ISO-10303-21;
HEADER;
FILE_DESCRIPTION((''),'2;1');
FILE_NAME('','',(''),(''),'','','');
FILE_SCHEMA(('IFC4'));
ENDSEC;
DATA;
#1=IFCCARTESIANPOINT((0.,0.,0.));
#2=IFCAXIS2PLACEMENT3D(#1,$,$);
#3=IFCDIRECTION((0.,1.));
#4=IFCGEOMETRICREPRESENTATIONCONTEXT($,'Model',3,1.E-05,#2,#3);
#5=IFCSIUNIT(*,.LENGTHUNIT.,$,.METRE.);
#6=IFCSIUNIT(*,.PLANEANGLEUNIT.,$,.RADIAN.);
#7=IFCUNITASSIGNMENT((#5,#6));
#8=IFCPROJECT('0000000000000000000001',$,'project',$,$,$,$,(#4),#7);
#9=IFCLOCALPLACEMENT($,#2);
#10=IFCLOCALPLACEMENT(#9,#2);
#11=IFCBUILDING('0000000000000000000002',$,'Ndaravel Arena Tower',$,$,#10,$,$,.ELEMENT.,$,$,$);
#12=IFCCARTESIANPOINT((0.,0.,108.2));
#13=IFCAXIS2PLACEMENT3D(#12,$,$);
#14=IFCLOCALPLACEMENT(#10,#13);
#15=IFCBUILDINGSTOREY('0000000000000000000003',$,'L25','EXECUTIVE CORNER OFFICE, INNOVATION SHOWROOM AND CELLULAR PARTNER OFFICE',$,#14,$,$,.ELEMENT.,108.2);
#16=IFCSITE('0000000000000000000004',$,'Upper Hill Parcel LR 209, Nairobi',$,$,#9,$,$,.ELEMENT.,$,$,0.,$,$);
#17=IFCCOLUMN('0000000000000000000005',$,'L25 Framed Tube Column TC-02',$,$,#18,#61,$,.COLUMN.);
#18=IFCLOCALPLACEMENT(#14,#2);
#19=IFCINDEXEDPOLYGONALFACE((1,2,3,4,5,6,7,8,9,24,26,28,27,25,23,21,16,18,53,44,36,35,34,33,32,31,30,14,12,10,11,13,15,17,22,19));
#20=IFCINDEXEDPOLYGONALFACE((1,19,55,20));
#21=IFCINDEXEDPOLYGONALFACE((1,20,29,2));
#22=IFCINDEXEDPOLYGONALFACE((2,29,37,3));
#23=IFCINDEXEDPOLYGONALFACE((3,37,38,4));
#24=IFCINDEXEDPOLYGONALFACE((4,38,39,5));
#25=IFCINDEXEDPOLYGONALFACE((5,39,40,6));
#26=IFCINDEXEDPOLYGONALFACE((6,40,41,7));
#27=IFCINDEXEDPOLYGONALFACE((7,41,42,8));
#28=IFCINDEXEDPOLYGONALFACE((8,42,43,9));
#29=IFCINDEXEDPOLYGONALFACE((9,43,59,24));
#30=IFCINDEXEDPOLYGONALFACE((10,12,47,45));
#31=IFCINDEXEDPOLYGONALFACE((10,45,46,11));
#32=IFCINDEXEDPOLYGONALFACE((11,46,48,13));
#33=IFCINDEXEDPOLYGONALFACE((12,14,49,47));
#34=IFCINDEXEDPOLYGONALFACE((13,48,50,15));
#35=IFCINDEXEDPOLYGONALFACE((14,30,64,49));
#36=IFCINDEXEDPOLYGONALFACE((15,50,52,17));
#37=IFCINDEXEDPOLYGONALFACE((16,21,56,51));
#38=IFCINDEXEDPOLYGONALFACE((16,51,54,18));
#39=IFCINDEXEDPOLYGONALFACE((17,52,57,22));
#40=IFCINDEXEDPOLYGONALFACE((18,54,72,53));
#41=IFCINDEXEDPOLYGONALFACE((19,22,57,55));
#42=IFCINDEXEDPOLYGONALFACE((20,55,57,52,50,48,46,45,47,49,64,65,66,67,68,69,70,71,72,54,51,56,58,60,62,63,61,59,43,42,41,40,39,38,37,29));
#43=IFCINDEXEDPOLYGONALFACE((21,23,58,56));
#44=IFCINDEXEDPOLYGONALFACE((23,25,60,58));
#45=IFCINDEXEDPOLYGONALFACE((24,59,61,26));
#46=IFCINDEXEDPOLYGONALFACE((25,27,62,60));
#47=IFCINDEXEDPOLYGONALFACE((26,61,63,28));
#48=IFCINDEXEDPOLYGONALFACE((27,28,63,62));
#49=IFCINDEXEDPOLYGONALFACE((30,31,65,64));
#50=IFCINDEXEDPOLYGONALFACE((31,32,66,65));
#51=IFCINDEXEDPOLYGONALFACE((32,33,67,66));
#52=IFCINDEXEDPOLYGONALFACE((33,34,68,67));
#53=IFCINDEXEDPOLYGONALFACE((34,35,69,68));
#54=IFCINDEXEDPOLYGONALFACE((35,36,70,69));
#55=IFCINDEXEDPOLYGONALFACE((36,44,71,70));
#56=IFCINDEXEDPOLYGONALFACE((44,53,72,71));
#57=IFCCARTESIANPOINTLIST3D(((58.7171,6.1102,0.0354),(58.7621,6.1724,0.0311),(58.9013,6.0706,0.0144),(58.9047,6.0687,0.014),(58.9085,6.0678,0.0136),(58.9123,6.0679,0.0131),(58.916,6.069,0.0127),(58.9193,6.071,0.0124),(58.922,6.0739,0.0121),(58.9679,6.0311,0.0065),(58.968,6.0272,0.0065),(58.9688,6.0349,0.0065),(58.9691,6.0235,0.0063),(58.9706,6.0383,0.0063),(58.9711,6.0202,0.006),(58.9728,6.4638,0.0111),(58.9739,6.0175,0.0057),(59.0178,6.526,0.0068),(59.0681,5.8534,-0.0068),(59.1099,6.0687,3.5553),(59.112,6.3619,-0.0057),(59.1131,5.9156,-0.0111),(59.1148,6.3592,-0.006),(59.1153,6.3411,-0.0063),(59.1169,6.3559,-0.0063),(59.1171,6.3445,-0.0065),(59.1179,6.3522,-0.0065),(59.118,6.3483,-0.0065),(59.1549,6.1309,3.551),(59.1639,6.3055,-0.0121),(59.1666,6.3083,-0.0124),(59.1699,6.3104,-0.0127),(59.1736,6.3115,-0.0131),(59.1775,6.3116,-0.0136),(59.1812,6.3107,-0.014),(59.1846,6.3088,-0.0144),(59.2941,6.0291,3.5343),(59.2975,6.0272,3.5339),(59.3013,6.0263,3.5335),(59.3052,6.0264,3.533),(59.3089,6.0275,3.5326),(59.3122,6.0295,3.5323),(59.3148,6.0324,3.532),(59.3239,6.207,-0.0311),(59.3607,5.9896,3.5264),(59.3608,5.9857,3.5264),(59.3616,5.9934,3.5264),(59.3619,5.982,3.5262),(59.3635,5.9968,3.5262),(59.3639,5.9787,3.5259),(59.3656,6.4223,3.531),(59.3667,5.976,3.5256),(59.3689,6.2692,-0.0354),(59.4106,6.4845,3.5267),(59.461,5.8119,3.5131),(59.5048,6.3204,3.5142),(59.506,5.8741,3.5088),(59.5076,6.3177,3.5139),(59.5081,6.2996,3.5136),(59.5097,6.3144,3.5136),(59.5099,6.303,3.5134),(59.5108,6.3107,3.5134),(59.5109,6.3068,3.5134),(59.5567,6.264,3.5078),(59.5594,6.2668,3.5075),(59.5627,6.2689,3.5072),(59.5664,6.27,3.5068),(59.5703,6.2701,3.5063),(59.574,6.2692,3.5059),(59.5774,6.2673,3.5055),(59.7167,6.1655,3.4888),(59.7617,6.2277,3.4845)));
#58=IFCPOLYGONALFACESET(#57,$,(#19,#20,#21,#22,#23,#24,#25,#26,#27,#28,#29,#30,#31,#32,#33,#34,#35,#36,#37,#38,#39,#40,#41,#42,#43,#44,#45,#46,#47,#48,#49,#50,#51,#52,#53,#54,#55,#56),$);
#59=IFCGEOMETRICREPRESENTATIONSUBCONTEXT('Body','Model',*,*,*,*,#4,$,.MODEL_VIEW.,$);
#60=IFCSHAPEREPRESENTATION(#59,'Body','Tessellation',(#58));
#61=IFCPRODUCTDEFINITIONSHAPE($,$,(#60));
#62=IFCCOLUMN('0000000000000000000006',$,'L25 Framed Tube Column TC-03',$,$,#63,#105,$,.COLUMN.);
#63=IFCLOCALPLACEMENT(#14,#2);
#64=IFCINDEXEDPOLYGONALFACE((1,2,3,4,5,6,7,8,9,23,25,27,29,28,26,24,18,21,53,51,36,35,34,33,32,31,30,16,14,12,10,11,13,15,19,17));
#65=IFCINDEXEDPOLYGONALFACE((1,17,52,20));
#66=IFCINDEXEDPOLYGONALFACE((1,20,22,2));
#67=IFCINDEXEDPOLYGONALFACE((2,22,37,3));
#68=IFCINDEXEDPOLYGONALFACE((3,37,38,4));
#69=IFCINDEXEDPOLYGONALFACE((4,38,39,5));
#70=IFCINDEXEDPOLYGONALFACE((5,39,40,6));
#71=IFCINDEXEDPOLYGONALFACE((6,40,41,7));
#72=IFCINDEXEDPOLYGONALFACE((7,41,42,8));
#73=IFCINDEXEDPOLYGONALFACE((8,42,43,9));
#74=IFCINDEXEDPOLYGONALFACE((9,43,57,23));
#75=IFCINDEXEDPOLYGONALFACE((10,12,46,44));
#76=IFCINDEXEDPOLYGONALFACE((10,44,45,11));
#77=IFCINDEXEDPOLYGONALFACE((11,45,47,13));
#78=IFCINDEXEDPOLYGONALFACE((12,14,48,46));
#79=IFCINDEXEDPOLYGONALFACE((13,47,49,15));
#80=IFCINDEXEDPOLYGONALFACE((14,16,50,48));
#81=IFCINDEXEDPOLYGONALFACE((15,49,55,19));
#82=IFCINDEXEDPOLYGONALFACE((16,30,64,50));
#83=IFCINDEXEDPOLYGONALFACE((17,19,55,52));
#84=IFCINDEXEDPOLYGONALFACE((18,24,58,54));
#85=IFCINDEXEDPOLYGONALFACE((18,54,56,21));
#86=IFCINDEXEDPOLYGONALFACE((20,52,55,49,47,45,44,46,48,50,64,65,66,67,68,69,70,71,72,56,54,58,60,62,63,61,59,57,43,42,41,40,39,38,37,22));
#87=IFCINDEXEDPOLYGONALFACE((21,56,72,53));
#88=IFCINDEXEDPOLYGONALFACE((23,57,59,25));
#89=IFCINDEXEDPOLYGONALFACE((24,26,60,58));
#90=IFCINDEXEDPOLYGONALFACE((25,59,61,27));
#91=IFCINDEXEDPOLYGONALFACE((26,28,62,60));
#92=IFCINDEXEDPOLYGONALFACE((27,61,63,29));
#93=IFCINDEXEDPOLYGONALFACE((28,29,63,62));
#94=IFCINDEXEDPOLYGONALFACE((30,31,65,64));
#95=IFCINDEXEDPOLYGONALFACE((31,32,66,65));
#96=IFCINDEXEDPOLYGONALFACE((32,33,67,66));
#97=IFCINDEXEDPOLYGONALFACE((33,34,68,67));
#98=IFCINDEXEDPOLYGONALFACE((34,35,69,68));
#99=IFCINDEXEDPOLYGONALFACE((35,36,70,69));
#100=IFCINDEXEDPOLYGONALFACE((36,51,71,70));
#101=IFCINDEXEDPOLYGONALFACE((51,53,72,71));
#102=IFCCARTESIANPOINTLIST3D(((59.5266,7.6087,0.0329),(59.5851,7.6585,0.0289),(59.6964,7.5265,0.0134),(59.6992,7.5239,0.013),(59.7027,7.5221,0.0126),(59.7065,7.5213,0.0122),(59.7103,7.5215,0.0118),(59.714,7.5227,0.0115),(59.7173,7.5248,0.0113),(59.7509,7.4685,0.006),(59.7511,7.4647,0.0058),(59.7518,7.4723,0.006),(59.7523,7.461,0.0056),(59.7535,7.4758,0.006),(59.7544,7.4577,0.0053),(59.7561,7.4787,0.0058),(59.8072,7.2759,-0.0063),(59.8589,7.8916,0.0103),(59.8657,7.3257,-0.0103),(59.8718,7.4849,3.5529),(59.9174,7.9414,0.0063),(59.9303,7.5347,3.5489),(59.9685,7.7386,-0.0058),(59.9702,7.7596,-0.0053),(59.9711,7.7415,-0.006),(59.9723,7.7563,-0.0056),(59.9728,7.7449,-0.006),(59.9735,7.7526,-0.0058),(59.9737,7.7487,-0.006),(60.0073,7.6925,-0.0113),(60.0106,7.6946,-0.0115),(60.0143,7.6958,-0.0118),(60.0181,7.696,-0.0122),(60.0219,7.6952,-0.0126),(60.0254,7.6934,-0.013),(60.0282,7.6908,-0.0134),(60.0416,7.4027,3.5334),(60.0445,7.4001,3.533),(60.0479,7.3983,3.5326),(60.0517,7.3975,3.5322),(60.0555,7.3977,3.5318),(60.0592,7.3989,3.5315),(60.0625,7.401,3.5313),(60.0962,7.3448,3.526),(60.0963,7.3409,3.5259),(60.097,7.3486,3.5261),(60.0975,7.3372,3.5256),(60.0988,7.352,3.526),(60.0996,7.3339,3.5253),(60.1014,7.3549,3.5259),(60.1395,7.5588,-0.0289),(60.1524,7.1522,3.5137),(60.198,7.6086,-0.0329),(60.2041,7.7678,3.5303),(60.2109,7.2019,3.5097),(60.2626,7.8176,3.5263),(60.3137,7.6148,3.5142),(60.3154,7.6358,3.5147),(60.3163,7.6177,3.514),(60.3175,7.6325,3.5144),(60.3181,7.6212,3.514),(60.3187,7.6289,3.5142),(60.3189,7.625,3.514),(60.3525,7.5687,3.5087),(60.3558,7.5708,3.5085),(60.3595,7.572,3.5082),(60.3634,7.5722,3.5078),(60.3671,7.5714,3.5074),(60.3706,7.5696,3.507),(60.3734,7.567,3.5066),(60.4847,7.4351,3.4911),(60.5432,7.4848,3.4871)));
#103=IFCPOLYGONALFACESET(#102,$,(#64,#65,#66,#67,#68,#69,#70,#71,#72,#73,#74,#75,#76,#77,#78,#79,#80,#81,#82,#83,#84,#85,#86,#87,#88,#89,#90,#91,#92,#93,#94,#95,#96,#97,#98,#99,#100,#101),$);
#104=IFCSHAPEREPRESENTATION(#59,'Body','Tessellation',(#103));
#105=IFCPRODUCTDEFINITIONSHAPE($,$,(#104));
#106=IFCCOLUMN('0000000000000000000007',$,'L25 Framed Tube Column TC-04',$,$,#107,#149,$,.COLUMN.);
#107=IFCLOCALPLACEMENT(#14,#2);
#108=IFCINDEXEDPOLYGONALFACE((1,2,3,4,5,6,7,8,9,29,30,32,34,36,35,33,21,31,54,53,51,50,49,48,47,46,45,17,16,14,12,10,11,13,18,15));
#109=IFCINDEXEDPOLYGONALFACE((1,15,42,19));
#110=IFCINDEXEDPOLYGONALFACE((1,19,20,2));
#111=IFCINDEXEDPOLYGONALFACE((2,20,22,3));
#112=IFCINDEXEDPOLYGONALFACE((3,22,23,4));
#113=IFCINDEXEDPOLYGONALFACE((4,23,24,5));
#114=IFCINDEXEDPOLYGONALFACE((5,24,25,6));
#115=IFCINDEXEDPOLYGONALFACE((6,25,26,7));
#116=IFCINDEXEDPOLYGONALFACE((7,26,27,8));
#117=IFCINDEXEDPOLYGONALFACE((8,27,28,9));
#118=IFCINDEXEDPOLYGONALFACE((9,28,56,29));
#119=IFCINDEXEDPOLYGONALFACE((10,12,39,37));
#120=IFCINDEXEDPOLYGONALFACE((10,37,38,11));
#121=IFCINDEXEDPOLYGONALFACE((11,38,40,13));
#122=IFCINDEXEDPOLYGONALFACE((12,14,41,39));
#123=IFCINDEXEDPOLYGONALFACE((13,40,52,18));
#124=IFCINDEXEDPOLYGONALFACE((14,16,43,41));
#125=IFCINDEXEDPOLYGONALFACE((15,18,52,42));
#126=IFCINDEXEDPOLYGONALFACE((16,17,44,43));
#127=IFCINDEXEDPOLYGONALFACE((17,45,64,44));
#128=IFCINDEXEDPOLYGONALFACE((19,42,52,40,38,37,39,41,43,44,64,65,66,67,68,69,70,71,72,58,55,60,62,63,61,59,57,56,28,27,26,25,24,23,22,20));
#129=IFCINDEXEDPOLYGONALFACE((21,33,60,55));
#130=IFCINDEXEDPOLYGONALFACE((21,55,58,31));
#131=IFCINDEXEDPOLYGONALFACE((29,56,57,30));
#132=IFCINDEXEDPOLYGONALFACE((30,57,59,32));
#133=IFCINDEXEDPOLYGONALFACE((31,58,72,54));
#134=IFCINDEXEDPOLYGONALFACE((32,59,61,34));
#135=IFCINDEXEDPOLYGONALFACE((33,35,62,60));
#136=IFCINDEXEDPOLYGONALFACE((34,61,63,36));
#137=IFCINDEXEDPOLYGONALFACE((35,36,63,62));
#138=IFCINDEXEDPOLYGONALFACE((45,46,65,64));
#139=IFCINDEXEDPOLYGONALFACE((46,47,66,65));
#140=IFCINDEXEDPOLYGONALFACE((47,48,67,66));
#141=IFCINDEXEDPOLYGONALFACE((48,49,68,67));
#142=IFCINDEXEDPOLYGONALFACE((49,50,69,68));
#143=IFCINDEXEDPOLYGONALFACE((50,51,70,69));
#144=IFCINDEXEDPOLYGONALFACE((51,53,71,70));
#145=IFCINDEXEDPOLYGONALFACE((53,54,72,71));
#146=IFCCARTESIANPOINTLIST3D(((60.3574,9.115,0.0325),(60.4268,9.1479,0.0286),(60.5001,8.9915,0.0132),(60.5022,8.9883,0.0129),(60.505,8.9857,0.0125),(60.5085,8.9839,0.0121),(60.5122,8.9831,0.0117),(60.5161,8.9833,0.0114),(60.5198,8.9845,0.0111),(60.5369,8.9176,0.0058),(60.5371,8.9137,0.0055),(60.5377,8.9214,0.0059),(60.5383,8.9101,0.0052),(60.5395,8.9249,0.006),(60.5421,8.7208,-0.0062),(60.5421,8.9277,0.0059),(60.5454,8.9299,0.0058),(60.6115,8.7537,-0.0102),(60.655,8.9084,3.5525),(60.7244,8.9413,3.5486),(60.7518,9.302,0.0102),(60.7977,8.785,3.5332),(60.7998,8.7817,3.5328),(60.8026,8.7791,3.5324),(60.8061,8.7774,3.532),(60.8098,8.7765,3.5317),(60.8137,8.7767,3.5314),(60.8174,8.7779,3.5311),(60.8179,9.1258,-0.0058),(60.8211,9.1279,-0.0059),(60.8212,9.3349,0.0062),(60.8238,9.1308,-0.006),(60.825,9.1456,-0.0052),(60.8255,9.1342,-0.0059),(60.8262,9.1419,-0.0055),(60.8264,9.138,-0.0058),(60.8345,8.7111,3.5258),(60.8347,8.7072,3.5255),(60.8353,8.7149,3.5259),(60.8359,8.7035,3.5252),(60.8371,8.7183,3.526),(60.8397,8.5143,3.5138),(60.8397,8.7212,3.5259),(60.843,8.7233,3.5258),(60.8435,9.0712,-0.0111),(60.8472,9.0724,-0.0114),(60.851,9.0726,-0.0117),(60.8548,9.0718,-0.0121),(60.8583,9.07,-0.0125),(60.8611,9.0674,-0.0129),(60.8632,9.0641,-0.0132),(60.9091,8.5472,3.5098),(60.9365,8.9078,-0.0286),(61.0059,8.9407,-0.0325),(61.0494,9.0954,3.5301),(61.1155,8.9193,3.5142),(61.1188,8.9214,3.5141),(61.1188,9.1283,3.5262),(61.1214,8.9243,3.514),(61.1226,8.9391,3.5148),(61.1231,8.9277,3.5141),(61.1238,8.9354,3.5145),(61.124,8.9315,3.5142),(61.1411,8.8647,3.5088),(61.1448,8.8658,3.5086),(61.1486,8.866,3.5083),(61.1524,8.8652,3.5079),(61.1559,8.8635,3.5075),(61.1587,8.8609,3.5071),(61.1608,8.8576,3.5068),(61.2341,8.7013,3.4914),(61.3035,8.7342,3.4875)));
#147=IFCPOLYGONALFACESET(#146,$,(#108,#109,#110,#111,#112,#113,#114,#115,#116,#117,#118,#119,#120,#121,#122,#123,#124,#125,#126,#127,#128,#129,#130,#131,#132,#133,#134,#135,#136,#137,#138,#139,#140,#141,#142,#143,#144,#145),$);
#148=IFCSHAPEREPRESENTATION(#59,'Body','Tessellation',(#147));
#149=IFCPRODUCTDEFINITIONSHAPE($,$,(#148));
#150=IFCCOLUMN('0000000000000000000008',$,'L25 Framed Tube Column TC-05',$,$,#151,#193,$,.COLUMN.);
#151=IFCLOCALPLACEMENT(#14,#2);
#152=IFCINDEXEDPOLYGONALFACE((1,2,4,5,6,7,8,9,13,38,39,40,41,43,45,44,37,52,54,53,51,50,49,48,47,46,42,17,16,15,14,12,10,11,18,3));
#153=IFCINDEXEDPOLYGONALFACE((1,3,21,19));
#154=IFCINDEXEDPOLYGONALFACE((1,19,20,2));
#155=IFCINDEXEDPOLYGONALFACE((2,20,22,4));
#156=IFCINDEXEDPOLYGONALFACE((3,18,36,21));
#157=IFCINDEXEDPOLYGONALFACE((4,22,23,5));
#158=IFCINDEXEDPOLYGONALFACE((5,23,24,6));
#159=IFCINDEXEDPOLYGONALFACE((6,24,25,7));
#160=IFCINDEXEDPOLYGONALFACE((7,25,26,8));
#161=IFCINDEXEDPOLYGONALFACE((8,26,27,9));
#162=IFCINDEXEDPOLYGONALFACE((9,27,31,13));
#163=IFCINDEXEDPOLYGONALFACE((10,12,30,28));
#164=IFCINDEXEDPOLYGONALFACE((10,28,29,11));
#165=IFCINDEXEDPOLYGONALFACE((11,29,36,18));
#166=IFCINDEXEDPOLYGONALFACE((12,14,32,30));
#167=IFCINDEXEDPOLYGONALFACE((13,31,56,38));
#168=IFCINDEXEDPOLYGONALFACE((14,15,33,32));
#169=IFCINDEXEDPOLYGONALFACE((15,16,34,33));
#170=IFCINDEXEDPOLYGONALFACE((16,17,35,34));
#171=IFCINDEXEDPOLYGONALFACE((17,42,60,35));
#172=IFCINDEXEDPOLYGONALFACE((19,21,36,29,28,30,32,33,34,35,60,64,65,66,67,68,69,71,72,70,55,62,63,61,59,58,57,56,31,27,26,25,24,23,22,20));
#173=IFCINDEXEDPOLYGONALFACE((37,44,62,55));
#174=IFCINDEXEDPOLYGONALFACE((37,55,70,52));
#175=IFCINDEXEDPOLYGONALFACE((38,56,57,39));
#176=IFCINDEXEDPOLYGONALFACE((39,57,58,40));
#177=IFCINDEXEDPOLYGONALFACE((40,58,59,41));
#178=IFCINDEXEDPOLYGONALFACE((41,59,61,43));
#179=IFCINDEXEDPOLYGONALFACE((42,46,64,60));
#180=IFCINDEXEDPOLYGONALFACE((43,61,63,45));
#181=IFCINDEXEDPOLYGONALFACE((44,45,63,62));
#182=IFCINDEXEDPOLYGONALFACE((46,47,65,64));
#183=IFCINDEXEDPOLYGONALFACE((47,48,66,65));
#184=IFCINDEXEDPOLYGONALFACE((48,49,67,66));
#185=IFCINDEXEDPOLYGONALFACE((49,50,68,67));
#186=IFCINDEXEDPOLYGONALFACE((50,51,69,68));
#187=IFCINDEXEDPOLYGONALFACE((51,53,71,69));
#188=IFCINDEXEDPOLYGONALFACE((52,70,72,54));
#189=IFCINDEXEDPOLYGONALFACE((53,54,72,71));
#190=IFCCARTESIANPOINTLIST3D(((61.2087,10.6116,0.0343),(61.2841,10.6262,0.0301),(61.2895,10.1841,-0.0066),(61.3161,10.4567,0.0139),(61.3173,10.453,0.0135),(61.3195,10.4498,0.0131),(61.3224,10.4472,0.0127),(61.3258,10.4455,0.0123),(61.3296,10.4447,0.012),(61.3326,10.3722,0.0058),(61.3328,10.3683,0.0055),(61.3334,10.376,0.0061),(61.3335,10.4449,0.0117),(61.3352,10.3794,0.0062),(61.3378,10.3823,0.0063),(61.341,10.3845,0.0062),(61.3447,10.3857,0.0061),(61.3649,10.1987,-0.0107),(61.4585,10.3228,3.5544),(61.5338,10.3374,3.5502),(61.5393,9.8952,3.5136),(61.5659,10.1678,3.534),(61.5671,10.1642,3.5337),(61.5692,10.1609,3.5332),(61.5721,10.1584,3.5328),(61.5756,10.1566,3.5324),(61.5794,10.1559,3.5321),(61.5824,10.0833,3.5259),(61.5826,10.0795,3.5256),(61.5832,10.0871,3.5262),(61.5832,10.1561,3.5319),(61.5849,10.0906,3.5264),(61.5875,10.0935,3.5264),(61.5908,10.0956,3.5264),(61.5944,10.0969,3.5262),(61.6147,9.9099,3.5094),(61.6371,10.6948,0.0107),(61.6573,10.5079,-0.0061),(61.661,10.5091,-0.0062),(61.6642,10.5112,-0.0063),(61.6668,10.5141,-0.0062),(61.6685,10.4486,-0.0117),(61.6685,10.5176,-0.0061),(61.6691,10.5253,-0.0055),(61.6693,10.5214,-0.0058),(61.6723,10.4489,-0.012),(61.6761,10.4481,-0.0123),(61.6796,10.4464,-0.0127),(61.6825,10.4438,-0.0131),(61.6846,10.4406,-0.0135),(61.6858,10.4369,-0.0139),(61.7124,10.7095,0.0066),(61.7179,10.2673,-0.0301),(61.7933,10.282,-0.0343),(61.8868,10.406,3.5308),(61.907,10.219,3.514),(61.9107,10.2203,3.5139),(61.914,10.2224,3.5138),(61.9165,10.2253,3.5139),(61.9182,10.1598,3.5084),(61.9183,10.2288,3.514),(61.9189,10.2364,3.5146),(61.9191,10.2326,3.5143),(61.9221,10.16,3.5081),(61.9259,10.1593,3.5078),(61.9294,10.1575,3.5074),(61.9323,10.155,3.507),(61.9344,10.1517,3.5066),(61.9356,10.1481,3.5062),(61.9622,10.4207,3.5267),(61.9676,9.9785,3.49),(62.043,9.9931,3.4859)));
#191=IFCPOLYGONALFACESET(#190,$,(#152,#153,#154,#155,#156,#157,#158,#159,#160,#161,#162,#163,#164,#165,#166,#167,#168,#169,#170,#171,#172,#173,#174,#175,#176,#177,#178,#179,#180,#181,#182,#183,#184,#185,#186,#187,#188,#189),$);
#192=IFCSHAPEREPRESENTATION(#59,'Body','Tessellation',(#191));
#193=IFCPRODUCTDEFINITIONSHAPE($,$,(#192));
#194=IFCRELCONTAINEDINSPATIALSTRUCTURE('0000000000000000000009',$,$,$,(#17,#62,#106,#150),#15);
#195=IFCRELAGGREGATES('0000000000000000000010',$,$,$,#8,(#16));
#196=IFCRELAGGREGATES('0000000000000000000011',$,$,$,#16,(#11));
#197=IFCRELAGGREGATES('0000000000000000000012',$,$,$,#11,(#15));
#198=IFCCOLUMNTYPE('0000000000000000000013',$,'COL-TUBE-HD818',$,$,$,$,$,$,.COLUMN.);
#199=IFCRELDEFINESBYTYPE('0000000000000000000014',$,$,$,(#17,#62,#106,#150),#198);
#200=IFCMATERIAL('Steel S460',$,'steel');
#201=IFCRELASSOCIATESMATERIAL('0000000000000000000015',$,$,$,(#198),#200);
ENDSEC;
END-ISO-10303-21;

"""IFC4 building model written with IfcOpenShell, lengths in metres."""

from ifc_helpers import new_model, si_unit, direction, frame, origin, origin_2d, place, context, subcontext, project, spatial, i_section, extrude, material, material_profile, profile_set, type_object, element, save


model = new_model("IFC4")

# Units and contexts
model_context = context("Model", 3, precision=1e-05, world=origin(), true_north=direction((0.0, 1.0)))
body_context = subcontext(model_context, "Body", "Model", "MODEL_VIEW")
ifc_project = project(units=[si_unit("LENGTHUNIT", "METRE"), si_unit("PLANEANGLEUNIT", "RADIAN")], contexts=[model_context])

# Site, building, storey
site_placement = place(None, origin())
site = spatial("IfcSite", under=ifc_project, at=site_placement, Name="Upper Hill Parcel LR 209, Nairobi", CompositionType="ELEMENT", RefElevation=0.0)
building_placement = place(site_placement, origin())
building = spatial("IfcBuilding", under=site, at=building_placement, Name="Ndaravel Arena Tower", CompositionType="ELEMENT")
storey_placement = place(building_placement, frame((0.0, 0.0, 108.2)))
storey = spatial("IfcBuildingStorey", under=building, at=storey_placement, Name="L25", Description="EXECUTIVE CORNER OFFICE, INNOVATION SHOWROOM AND CELLULAR PARTNER OFFICE", CompositionType="ELEMENT", Elevation=108.2)

# Columns
ifc_material_1 = material(Name="Steel S460", Category="steel")
ifc_material_profile_1 = material_profile(ifc_material_1, i_section(OverallWidth=0.437, OverallDepth=0.5139, WebThickness=0.0605, FlangeThickness=0.0769, FilletRadius=0.0149, at=origin_2d()), Name="HD 400x818")
ifc_profile_set_1 = profile_set([ifc_material_profile_1], Name="Steel S460")
column_type = type_object("IfcColumnType", Name="COL-TUBE-HD818", PredefinedType="COLUMN", material=ifc_profile_set_1)
column_1_placement = place(storey_placement, frame((59.043, 6.1897, 0.0), z_axis=(0.110901, -0.011717, 0.993762), x_axis=(-0.803324, 0.587659, 0.096577)))
element("IfcColumn", 1, at=column_1_placement, inside=storey, type_object=column_type, Name="L25 Framed Tube Column TC-02", PredefinedType="COLUMN", context=body_context, shape_type="SweptSolid", body=[
    extrude(i_section(OverallWidth=0.437, OverallDepth=0.5139, WebThickness=0.0605, FlangeThickness=0.0769, FilletRadius=0.0149, at=origin_2d()), origin(), (0.0, 0.0, 1.0), 3.542),
])
column_2_placement = place(storey_placement, frame((59.8623, 7.6086, 0.0), z_axis=(0.097544, -0.034975, 0.994616), x_axis=(-0.642059, 0.761384, 0.089742)))
element("IfcColumn", 2, at=column_2_placement, inside=storey, type_object=column_type, Name="L25 Framed Tube Column TC-03", PredefinedType="COLUMN", context=body_context, shape_type="SweptSolid", body=[
    extrude(i_section(OverallWidth=0.437, OverallDepth=0.5139, WebThickness=0.0605, FlangeThickness=0.0769, FilletRadius=0.0149, at=origin_2d()), origin(), (0.0, 0.0, 1.0), 3.5391),
])
column_3_placement = place(storey_placement, frame((60.6816, 9.0278, 0.0), z_axis=(0.084103, -0.058368, 0.994746), x_axis=(-0.422656, 0.901944, 0.088657)))
element("IfcColumn", 3, at=column_3_placement, inside=storey, type_object=column_type, Name="L25 Framed Tube Column TC-04", PredefinedType="COLUMN", context=body_context, shape_type="SweptSolid", body=[
    extrude(i_section(OverallWidth=0.437, OverallDepth=0.5139, WebThickness=0.0605, FlangeThickness=0.0769, FilletRadius=0.0149, at=origin_2d()), origin(), (0.0, 0.0, 1.0), 3.5386),
])
column_4_placement = place(storey_placement, frame((61.501, 10.4468, 0.0), z_axis=(0.070539, -0.081572, 0.994168), x_axis=(-0.184963, 0.978298, 0.093393)))
element("IfcColumn", 4, at=column_4_placement, inside=storey, type_object=column_type, Name="L25 Framed Tube Column TC-05", PredefinedType="COLUMN", context=body_context, shape_type="SweptSolid", body=[
    extrude(i_section(OverallWidth=0.437, OverallDepth=0.5139, WebThickness=0.0605, FlangeThickness=0.0769, FilletRadius=0.0149, at=origin_2d()), origin(), (0.0, 0.0, 1.0), 3.5408),
])

save(model, "model.ifc")
